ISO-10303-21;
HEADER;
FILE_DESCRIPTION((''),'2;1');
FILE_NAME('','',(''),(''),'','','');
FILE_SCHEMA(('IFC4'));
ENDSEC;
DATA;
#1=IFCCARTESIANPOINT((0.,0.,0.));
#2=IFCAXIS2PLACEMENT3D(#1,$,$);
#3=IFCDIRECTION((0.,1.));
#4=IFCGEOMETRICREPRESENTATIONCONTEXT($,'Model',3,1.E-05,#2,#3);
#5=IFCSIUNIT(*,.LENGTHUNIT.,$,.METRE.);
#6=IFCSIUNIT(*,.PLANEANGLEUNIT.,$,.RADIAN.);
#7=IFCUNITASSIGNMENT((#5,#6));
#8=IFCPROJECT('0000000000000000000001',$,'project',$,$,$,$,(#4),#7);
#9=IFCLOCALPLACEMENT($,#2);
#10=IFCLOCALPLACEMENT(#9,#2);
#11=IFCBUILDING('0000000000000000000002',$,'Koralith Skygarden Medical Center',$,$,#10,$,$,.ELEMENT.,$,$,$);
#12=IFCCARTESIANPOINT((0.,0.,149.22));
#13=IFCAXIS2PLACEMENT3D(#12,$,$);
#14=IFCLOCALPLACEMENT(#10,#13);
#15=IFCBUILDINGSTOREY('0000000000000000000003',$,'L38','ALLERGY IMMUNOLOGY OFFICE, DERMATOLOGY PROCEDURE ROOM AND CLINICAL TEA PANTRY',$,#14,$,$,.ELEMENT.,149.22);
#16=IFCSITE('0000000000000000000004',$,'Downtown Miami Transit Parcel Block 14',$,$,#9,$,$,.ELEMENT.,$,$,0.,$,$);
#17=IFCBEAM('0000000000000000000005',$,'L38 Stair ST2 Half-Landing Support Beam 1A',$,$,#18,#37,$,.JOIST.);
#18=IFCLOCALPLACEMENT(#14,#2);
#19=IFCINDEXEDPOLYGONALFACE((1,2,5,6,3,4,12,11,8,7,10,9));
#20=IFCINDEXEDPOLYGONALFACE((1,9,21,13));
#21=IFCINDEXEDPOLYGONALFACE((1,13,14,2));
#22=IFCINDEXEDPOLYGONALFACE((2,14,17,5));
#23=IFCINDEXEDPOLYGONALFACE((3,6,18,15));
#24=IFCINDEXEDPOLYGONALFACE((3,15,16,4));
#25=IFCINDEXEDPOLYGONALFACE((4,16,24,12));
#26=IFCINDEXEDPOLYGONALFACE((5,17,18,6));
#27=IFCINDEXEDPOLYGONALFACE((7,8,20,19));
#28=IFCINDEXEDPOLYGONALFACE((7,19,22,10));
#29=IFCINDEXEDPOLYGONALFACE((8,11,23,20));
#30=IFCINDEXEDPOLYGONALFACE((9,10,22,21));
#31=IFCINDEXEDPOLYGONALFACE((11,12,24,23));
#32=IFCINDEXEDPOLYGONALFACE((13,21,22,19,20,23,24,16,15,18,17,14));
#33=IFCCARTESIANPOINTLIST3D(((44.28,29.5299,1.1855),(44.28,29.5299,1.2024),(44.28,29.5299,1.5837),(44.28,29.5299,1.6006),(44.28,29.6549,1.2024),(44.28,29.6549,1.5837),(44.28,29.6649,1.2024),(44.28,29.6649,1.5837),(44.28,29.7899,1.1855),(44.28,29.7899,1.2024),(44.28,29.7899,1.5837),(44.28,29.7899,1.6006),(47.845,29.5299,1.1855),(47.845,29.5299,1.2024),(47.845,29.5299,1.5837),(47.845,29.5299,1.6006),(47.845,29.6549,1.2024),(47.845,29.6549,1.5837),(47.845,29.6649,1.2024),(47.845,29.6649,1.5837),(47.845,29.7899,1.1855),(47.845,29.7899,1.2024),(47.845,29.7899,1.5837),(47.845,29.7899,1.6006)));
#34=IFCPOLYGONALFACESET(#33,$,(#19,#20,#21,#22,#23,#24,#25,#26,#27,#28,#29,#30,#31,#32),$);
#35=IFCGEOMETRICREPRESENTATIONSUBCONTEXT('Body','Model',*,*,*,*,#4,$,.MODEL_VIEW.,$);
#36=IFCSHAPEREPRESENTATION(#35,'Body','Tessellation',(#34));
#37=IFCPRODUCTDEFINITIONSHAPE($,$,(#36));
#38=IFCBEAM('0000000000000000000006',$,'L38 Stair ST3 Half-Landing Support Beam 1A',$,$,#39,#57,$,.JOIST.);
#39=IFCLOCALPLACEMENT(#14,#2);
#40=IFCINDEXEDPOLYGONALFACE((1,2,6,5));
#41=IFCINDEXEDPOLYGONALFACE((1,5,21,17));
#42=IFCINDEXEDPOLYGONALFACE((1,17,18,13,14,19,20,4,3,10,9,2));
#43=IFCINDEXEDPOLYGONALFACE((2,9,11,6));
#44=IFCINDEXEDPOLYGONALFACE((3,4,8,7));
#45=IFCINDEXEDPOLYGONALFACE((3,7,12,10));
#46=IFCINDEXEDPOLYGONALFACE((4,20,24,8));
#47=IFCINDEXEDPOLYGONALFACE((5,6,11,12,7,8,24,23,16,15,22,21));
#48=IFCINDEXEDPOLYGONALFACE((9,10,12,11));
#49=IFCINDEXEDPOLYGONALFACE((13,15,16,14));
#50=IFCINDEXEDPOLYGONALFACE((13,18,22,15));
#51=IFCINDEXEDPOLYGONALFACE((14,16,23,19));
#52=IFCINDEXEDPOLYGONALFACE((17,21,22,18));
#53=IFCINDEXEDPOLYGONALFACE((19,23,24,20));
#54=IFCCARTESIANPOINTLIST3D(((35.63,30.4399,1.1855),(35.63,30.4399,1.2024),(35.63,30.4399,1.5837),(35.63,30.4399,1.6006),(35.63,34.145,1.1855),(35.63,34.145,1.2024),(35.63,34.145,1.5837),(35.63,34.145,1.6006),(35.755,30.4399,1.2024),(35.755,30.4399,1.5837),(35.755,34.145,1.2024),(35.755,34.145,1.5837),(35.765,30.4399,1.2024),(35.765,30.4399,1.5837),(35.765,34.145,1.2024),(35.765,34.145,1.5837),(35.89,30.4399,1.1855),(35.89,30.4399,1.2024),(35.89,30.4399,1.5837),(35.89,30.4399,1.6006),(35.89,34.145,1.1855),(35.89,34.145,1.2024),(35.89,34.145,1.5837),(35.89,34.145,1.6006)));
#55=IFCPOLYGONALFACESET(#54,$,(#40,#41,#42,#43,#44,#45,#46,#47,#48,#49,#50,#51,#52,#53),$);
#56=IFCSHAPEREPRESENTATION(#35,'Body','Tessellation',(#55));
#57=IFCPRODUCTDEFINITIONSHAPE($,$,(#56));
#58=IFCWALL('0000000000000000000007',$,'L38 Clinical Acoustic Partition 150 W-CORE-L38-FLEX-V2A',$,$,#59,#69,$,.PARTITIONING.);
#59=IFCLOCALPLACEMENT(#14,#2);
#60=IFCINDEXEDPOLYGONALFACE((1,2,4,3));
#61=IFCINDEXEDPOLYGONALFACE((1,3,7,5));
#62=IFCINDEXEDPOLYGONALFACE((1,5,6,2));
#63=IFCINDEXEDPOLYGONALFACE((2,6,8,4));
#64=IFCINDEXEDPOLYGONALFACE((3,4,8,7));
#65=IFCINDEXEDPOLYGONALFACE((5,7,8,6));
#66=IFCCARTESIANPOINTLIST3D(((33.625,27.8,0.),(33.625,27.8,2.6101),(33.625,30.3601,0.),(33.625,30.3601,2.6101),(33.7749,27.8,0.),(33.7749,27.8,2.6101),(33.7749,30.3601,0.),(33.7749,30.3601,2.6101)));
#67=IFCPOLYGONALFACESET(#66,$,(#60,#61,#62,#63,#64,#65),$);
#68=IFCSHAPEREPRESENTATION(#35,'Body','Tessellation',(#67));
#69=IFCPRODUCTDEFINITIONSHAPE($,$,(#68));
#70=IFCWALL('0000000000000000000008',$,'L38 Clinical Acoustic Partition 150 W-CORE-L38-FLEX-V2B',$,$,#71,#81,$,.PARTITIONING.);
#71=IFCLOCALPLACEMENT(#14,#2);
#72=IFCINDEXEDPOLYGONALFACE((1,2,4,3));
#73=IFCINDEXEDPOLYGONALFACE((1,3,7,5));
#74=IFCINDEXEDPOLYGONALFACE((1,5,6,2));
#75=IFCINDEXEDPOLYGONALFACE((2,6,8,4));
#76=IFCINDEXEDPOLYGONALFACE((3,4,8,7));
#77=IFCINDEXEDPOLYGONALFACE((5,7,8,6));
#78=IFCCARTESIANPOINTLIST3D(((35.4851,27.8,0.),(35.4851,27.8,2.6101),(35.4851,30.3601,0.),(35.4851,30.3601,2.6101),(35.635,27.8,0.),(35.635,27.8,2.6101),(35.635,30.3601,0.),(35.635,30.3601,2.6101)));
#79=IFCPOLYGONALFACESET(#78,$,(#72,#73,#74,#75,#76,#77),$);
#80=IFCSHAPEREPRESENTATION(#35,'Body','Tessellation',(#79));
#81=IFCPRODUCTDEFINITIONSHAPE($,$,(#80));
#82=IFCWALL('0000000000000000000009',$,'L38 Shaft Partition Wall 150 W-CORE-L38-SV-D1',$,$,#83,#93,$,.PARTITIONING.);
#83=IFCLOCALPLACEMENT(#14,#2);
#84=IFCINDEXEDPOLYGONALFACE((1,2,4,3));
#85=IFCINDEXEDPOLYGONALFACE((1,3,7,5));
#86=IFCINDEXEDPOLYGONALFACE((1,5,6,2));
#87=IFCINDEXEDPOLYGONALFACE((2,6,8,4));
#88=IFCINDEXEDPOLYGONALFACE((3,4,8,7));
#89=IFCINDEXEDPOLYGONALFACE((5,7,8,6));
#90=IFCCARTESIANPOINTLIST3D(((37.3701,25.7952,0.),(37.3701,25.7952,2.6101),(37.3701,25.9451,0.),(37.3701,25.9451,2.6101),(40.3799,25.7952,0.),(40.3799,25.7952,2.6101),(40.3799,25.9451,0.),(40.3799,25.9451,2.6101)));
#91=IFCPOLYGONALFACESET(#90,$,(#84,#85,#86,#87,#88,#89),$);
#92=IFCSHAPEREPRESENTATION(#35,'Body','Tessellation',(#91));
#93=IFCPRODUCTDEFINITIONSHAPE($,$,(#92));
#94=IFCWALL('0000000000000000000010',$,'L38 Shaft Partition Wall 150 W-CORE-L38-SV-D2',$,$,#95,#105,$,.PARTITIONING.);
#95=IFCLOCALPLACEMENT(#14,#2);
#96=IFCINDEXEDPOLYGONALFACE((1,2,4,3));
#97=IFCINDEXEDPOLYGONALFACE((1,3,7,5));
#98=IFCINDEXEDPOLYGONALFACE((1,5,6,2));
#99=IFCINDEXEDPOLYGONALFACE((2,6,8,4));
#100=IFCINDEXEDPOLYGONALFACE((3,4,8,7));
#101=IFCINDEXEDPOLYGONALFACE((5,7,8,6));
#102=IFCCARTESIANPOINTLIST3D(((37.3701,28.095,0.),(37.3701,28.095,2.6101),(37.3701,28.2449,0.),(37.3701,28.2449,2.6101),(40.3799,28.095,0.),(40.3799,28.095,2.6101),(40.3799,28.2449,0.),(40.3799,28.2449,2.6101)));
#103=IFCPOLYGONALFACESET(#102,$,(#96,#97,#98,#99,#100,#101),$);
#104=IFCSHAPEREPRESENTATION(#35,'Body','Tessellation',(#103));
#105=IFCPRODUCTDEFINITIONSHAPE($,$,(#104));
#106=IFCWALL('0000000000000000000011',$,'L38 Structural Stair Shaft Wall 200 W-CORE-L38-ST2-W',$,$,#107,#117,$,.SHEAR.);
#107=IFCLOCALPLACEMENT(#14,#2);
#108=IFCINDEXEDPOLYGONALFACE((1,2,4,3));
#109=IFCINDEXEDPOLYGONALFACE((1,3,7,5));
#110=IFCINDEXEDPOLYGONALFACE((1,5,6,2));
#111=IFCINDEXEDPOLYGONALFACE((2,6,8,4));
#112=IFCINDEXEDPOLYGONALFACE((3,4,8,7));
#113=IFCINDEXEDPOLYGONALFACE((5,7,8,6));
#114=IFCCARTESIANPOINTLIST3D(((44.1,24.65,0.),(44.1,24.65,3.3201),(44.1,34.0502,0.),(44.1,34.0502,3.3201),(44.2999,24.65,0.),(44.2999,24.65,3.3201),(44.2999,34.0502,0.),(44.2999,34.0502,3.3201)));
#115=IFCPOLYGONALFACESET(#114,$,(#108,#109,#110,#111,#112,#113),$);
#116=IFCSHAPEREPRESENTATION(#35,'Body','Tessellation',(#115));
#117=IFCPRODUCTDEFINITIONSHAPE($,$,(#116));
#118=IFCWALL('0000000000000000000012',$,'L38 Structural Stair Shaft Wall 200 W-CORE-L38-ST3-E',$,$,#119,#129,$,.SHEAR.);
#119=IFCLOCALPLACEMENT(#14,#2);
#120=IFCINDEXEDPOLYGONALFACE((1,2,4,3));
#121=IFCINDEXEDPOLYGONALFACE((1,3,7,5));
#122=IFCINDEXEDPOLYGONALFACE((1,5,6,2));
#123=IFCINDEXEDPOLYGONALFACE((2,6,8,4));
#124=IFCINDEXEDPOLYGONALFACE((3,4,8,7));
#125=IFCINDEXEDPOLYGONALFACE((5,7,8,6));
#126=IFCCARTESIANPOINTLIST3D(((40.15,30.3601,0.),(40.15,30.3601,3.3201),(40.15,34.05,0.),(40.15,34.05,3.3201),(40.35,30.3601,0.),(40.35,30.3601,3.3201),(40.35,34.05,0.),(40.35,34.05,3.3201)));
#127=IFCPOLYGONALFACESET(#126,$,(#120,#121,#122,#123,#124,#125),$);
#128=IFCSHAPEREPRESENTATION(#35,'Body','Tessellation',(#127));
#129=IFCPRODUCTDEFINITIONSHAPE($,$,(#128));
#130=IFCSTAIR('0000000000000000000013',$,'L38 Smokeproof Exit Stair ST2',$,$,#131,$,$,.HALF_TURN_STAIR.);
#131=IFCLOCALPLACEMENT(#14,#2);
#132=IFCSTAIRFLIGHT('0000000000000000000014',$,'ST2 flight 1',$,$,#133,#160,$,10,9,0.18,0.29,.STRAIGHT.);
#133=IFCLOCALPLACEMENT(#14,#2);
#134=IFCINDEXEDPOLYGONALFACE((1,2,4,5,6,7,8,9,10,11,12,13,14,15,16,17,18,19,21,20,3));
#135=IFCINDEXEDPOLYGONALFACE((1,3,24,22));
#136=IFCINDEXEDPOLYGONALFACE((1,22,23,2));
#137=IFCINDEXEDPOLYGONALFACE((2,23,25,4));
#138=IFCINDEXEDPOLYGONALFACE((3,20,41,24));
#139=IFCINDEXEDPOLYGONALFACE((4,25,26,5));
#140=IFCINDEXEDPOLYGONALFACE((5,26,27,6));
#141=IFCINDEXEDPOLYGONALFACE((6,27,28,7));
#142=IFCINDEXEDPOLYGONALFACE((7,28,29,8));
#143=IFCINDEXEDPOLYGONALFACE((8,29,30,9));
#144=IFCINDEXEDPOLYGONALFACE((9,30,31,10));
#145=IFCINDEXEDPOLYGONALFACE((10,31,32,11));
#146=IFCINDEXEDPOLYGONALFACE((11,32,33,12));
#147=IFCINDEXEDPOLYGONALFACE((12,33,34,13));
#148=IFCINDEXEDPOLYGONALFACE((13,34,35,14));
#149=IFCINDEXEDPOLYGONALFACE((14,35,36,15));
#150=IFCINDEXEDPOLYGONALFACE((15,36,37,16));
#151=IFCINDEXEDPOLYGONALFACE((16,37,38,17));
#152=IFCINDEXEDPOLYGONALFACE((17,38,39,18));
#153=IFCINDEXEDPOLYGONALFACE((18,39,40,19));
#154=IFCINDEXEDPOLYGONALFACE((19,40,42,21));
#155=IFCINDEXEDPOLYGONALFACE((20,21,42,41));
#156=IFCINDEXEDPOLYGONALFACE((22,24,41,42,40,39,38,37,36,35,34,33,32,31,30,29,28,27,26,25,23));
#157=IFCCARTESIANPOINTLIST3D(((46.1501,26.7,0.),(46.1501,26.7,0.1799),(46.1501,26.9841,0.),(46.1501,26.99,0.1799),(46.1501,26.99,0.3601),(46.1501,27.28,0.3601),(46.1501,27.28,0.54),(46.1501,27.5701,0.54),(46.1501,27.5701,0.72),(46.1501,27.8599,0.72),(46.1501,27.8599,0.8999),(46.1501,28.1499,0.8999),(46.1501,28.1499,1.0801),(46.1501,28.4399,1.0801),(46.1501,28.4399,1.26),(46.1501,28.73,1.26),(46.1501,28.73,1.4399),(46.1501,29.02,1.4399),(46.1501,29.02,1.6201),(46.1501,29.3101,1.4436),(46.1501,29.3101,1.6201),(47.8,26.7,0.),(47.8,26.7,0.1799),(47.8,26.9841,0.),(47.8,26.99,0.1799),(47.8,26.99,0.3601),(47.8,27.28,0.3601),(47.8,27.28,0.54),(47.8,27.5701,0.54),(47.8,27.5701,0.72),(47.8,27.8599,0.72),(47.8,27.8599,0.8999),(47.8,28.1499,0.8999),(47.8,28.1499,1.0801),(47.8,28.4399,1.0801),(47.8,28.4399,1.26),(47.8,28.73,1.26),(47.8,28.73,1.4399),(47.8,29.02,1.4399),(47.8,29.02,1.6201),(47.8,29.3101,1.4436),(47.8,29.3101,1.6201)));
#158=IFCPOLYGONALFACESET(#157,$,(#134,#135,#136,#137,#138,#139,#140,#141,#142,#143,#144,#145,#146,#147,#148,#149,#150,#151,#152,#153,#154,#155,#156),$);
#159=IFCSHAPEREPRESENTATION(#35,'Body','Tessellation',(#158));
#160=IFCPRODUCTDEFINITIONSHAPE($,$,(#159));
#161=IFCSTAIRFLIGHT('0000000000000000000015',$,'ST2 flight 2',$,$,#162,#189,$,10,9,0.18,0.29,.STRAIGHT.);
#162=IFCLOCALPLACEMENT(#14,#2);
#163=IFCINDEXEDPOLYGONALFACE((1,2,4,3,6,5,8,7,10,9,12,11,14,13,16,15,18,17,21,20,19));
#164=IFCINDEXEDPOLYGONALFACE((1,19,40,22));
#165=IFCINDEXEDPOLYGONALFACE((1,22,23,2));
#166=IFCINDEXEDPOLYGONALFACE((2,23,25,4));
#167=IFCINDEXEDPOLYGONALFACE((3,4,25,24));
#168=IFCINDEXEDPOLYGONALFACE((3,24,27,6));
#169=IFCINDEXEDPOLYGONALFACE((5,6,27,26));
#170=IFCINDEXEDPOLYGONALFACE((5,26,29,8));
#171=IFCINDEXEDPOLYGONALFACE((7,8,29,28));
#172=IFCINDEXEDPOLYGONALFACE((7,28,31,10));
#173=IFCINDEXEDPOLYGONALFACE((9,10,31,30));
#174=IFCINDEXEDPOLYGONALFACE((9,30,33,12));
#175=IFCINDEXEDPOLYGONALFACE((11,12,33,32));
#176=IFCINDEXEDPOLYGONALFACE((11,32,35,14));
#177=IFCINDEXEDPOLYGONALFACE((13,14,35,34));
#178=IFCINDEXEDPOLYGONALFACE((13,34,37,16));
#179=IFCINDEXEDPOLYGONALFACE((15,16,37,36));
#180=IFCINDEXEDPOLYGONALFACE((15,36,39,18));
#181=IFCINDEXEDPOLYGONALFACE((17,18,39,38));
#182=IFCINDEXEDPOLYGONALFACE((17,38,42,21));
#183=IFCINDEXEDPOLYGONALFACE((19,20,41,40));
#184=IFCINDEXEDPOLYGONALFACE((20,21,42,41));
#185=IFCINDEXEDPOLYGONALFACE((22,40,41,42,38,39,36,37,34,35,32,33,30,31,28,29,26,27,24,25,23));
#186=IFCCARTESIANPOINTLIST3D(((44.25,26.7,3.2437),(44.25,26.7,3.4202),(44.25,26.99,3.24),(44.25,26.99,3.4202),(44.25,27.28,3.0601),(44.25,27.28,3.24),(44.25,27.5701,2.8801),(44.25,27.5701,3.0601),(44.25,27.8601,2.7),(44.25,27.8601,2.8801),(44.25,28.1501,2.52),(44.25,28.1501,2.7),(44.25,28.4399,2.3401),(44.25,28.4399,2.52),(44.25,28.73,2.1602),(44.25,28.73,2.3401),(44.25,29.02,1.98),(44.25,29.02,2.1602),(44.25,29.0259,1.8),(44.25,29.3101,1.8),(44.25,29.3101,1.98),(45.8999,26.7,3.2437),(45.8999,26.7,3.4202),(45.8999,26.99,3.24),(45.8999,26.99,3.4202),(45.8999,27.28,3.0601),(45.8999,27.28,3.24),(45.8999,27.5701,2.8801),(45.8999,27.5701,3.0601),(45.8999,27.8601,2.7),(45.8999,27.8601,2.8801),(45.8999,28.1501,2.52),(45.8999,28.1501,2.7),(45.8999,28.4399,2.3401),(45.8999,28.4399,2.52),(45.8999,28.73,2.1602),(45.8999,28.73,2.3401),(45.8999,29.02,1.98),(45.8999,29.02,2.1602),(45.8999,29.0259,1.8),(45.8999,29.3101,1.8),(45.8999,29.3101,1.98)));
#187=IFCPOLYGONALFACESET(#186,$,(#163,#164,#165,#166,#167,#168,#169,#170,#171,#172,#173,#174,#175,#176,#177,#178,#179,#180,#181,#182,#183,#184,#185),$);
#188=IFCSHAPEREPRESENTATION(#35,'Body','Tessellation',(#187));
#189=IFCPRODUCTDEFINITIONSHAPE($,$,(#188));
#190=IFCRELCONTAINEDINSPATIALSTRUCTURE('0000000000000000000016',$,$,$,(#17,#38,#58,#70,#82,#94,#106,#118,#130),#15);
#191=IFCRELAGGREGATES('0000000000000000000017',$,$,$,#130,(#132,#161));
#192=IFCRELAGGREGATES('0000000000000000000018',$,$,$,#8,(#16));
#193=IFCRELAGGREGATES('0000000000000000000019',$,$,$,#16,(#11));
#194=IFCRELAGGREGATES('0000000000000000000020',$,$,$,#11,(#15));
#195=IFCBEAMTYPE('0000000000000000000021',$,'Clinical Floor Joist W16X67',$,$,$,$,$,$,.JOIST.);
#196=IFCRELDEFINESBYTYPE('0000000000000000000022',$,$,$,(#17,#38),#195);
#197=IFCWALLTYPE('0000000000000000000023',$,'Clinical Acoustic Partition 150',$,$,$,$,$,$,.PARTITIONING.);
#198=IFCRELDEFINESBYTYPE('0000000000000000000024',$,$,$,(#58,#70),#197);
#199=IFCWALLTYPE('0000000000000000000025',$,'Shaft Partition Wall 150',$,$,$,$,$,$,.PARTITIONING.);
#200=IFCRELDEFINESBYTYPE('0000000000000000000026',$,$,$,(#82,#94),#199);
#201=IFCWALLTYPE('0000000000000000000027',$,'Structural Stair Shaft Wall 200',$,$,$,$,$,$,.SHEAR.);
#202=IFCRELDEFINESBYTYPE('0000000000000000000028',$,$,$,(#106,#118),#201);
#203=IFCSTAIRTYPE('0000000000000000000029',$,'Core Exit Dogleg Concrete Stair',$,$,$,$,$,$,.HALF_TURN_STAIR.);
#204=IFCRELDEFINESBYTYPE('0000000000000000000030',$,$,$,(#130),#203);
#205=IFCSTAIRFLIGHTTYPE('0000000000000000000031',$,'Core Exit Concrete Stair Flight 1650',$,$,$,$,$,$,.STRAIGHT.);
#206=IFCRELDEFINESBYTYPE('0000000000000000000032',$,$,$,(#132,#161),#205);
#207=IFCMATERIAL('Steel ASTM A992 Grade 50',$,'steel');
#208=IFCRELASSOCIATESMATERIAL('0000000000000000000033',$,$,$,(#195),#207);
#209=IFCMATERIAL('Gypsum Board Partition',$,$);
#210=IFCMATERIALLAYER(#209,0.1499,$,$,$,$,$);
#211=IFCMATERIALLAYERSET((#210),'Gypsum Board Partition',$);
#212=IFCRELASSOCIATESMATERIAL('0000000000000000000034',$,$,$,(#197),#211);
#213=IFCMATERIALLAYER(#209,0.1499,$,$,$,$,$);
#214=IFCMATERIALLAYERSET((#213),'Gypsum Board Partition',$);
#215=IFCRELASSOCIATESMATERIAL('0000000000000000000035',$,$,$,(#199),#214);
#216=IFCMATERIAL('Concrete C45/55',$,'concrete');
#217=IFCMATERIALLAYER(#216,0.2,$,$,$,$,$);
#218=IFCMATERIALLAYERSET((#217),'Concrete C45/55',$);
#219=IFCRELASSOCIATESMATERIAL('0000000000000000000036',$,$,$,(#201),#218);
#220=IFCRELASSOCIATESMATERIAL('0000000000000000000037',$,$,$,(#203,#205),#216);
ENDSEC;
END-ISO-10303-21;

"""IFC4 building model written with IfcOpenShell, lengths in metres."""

from ifc_helpers import new_model, si_unit, direction, frame, frame_2d, origin, origin_2d, place, context, subcontext, project, spatial, polyline, rectangle, i_section, outline, extrude, material, layer, layer_set, material_profile, profile_set, type_object, element, aggregate, save


model = new_model("IFC4")

# Units and contexts
model_context = context("Model", 3, precision=1e-05, world=origin(), true_north=direction((0.0, 1.0)))
body_context = subcontext(model_context, "Body", "Model", "MODEL_VIEW")
ifc_project = project(units=[si_unit("LENGTHUNIT", "METRE"), si_unit("PLANEANGLEUNIT", "RADIAN")], contexts=[model_context])

# Site, building, storey
site_placement = place(None, origin())
site = spatial("IfcSite", under=ifc_project, at=site_placement, Name="Downtown Miami Transit Parcel Block 14", CompositionType="ELEMENT", RefElevation=0.0)
building_placement = place(site_placement, origin())
building = spatial("IfcBuilding", under=site, at=building_placement, Name="Koralith Skygarden Medical Center", CompositionType="ELEMENT")
storey_placement = place(building_placement, frame((0.0, 0.0, 149.22)))
storey = spatial("IfcBuildingStorey", under=building, at=storey_placement, Name="L38", Description="ALLERGY IMMUNOLOGY OFFICE, DERMATOLOGY PROCEDURE ROOM AND CLINICAL TEA PANTRY", CompositionType="ELEMENT", Elevation=149.22)

# Beams
ifc_material_1 = material(Name="Steel ASTM A992 Grade 50", Category="steel")
ifc_material_profile = material_profile(ifc_material_1, i_section(OverallWidth=0.26, OverallDepth=0.415, WebThickness=0.01, FlangeThickness=0.0168, at=origin_2d()), Name="W16X67")
ifc_profile_set = profile_set([ifc_material_profile], Name="Steel ASTM A992 Grade 50")
beam_type = type_object("IfcBeamType", Name="Clinical Floor Joist W16X67", PredefinedType="JOIST", material=ifc_profile_set)
beam_1_placement = place(storey_placement, frame((44.28, 29.6599, 1.3931), z_axis=(1.0, 0.0, 0.0), x_axis=(0.0, 1.0, 0.0)))
element("IfcBeam", 1, at=beam_1_placement, inside=storey, type_object=beam_type, Name="L38 Stair ST2 Half-Landing Support Beam 1A", PredefinedType="JOIST", context=body_context, shape_type="SweptSolid", body=[
    extrude(i_section(OverallWidth=0.26, OverallDepth=0.415, WebThickness=0.01, FlangeThickness=0.0168, at=origin_2d()), origin(), (0.0, 0.0, 1.0), 3.5649),
])
beam_2_placement = place(storey_placement, frame((35.76, 30.4399, 1.3931), z_axis=(0.0, 1.0, 0.0), x_axis=(-1.0, 0.0, 0.0)))
element("IfcBeam", 2, at=beam_2_placement, inside=storey, type_object=beam_type, Name="L38 Stair ST3 Half-Landing Support Beam 1A", PredefinedType="JOIST", context=body_context, shape_type="SweptSolid", body=[
    extrude(i_section(OverallWidth=0.26, OverallDepth=0.415, WebThickness=0.01, FlangeThickness=0.0168, at=origin_2d()), origin(), (0.0, 0.0, 1.0), 3.7051),
])

# Walls
ifc_material_2 = material(Name="Gypsum Board Partition")
ifc_layer_1 = layer(ifc_material_2, 0.1499)
ifc_layer_set_1 = layer_set([ifc_layer_1], Name="Gypsum Board Partition")
wall_type_1 = type_object("IfcWallType", Name="Clinical Acoustic Partition 150", PredefinedType="PARTITIONING", material=ifc_layer_set_1)
for number, where, z_axis, x_axis, name in (
    (3, (33.7, 27.8, 0.0), (0.0, 0.0, 1.0), (0.0, 1.0, 0.0), "L38 Clinical Acoustic Partition 150 W-CORE-L38-FLEX-V2A"),
    (4, (35.5601, 27.8, 0.0), (0.0, 0.0, 1.0), (0.0, 1.0, 0.0), "L38 Clinical Acoustic Partition 150 W-CORE-L38-FLEX-V2B"),
):
    element("IfcWall", number, at=place(storey_placement, frame(where, z_axis=z_axis, x_axis=x_axis)), inside=storey, type_object=wall_type_1, Name=name, PredefinedType="PARTITIONING", context=body_context, shape_type="SweptSolid", body=[
        extrude(rectangle(XDim=2.5601, YDim=0.1499, at=frame_2d((1.28, 0.0))), origin(), (0.0, 0.0, 1.0), 2.6101),
    ])
ifc_layer_2 = layer(ifc_material_2, 0.1499)
ifc_layer_set_2 = layer_set([ifc_layer_2], Name="Gypsum Board Partition")
wall_type_2 = type_object("IfcWallType", Name="Shaft Partition Wall 150", PredefinedType="PARTITIONING", material=ifc_layer_set_2)
for number, where, z_axis, x_axis, name in (
    (5, (37.3701, 25.8701, 0.0), (0.0, 0.0, 1.0), (1.0, 0.0, 0.0), "L38 Shaft Partition Wall 150 W-CORE-L38-SV-D1"),
    (6, (37.3701, 28.1699, 0.0), (0.0, 0.0, 1.0), (1.0, 0.0, 0.0), "L38 Shaft Partition Wall 150 W-CORE-L38-SV-D2"),
):
    element("IfcWall", number, at=place(storey_placement, frame(where, z_axis=z_axis, x_axis=x_axis)), inside=storey, type_object=wall_type_2, Name=name, PredefinedType="PARTITIONING", context=body_context, shape_type="SweptSolid", body=[
        extrude(rectangle(XDim=3.0098, YDim=0.1499, at=frame_2d((1.5049, 0.0))), origin(), (0.0, 0.0, 1.0), 2.6101),
    ])
ifc_material_3 = material(Name="Concrete C45/55", Category="concrete")
ifc_layer_3 = layer(ifc_material_3, 0.2)
ifc_layer_set_3 = layer_set([ifc_layer_3], Name="Concrete C45/55")
wall_type_3 = type_object("IfcWallType", Name="Structural Stair Shaft Wall 200", PredefinedType="SHEAR", material=ifc_layer_set_3)
wall_1_placement = place(storey_placement, frame((44.2, 24.6499, 0.0), z_axis=(0.0, 0.0, 1.0), x_axis=(0.0, 1.0, 0.0)))
element("IfcWall", 7, at=wall_1_placement, inside=storey, type_object=wall_type_3, Name="L38 Structural Stair Shaft Wall 200 W-CORE-L38-ST2-W", PredefinedType="SHEAR", context=body_context, shape_type="SweptSolid", body=[
    extrude(rectangle(XDim=9.4001, YDim=0.2, at=frame_2d((4.7002, 0.0))), origin(), (0.0, 0.0, 1.0), 3.3201),
])

# Wall
wall_2_placement = place(storey_placement, frame((40.25, 30.3601, 0.0), z_axis=(0.0, 0.0, 1.0), x_axis=(0.0, 1.0, 0.0)))
element("IfcWall", 8, at=wall_2_placement, inside=storey, type_object=wall_type_3, Name="L38 Structural Stair Shaft Wall 200 W-CORE-L38-ST3-E", PredefinedType="SHEAR", context=body_context, shape_type="SweptSolid", body=[
    extrude(rectangle(XDim=3.6899, YDim=0.2, at=frame_2d((1.845, 0.0))), origin(), (0.0, 0.0, 1.0), 3.3201),
])

# Stair, stair flights
stair_type = type_object("IfcStairType", Name="Core Exit Dogleg Concrete Stair", PredefinedType="HALF_TURN_STAIR", material=ifc_material_3)
stair_placement = place(storey_placement, origin())
stair = element("IfcStair", 9, at=stair_placement, inside=storey, type_object=stair_type, Name="L38 Smokeproof Exit Stair ST2", PredefinedType="HALF_TURN_STAIR")
stair_flight_type = type_object("IfcStairFlightType", Name="Core Exit Concrete Stair Flight 1650", PredefinedType="STRAIGHT", material=ifc_material_3)
stair_flight_1_placement = place(storey_placement, frame((46.9751, 26.7, 0.0), z_axis=(0.0, 0.0, 1.0), x_axis=(0.0, 1.0, 0.0)))
stair_flight_1 = element("IfcStairFlight", 10, at=stair_flight_1_placement, type_object=stair_flight_type, Name="ST2 flight 1", NumberOfRisers=10, NumberOfTreads=9, PredefinedType="STRAIGHT", RiserHeight=0.18, TreadLength=0.29, context=body_context, shape_type="SweptSolid", body=[
    extrude(outline(polyline([(0.0, 0.0), (0.0, 0.1799), (0.29, 0.1799), (0.29, 0.3601), (0.5801, 0.3601), (0.5801, 0.54), (0.8701, 0.54), (0.8701, 0.72), (1.1599, 0.72), (1.1599, 0.8999), (1.45, 0.8999), (1.45, 1.0801), (1.74, 1.0801), (1.74, 1.26), (2.03, 1.26), (2.03, 1.4399), (2.3201, 1.4399), (2.3201, 1.6201), (2.6101, 1.6201), (2.6101, 1.8), (2.6101, 1.4436), (0.2842, 0.0), (0.0, 0.0)])), frame((0.0, 0.825, 0.0), z_axis=(0.0, -1.0, 0.0), x_axis=(1.0, 0.0, 0.0)), (0.0, 0.0, 1.0), 1.6499),
])
stair_flight_2_placement = place(storey_placement, frame((45.075, 29.3101, 1.8), z_axis=(0.0, 0.0, 1.0), x_axis=(0.0, -1.0, 0.0)))
stair_flight_2 = element("IfcStairFlight", 11, at=stair_flight_2_placement, type_object=stair_flight_type, Name="ST2 flight 2", NumberOfRisers=10, NumberOfTreads=9, PredefinedType="STRAIGHT", RiserHeight=0.18, TreadLength=0.29, context=body_context, shape_type="SweptSolid", body=[
    extrude(outline(polyline([(0.0, 0.0), (0.0, 0.1799), (0.29, 0.1799), (0.29, 0.3601), (0.5801, 0.3601), (0.5801, 0.54), (0.8701, 0.54), (0.8701, 0.72), (1.1599, 0.72), (1.1599, 0.8999), (1.45, 0.8999), (1.45, 1.0801), (1.74, 1.0801), (1.74, 1.26), (2.03, 1.26), (2.03, 1.4399), (2.3201, 1.4399), (2.3201, 1.6201), (2.6101, 1.6201), (2.6101, 1.8), (2.6101, 1.4436), (0.2842, 0.0), (0.0, 0.0)])), frame((0.0, 0.825, 0.0), z_axis=(0.0, -1.0, 0.0), x_axis=(1.0, 0.0, 0.0)), (0.0, 0.0, 1.0), 1.6499),
])
aggregate(stair, [stair_flight_1, stair_flight_2])

save(model, "model.ifc")
